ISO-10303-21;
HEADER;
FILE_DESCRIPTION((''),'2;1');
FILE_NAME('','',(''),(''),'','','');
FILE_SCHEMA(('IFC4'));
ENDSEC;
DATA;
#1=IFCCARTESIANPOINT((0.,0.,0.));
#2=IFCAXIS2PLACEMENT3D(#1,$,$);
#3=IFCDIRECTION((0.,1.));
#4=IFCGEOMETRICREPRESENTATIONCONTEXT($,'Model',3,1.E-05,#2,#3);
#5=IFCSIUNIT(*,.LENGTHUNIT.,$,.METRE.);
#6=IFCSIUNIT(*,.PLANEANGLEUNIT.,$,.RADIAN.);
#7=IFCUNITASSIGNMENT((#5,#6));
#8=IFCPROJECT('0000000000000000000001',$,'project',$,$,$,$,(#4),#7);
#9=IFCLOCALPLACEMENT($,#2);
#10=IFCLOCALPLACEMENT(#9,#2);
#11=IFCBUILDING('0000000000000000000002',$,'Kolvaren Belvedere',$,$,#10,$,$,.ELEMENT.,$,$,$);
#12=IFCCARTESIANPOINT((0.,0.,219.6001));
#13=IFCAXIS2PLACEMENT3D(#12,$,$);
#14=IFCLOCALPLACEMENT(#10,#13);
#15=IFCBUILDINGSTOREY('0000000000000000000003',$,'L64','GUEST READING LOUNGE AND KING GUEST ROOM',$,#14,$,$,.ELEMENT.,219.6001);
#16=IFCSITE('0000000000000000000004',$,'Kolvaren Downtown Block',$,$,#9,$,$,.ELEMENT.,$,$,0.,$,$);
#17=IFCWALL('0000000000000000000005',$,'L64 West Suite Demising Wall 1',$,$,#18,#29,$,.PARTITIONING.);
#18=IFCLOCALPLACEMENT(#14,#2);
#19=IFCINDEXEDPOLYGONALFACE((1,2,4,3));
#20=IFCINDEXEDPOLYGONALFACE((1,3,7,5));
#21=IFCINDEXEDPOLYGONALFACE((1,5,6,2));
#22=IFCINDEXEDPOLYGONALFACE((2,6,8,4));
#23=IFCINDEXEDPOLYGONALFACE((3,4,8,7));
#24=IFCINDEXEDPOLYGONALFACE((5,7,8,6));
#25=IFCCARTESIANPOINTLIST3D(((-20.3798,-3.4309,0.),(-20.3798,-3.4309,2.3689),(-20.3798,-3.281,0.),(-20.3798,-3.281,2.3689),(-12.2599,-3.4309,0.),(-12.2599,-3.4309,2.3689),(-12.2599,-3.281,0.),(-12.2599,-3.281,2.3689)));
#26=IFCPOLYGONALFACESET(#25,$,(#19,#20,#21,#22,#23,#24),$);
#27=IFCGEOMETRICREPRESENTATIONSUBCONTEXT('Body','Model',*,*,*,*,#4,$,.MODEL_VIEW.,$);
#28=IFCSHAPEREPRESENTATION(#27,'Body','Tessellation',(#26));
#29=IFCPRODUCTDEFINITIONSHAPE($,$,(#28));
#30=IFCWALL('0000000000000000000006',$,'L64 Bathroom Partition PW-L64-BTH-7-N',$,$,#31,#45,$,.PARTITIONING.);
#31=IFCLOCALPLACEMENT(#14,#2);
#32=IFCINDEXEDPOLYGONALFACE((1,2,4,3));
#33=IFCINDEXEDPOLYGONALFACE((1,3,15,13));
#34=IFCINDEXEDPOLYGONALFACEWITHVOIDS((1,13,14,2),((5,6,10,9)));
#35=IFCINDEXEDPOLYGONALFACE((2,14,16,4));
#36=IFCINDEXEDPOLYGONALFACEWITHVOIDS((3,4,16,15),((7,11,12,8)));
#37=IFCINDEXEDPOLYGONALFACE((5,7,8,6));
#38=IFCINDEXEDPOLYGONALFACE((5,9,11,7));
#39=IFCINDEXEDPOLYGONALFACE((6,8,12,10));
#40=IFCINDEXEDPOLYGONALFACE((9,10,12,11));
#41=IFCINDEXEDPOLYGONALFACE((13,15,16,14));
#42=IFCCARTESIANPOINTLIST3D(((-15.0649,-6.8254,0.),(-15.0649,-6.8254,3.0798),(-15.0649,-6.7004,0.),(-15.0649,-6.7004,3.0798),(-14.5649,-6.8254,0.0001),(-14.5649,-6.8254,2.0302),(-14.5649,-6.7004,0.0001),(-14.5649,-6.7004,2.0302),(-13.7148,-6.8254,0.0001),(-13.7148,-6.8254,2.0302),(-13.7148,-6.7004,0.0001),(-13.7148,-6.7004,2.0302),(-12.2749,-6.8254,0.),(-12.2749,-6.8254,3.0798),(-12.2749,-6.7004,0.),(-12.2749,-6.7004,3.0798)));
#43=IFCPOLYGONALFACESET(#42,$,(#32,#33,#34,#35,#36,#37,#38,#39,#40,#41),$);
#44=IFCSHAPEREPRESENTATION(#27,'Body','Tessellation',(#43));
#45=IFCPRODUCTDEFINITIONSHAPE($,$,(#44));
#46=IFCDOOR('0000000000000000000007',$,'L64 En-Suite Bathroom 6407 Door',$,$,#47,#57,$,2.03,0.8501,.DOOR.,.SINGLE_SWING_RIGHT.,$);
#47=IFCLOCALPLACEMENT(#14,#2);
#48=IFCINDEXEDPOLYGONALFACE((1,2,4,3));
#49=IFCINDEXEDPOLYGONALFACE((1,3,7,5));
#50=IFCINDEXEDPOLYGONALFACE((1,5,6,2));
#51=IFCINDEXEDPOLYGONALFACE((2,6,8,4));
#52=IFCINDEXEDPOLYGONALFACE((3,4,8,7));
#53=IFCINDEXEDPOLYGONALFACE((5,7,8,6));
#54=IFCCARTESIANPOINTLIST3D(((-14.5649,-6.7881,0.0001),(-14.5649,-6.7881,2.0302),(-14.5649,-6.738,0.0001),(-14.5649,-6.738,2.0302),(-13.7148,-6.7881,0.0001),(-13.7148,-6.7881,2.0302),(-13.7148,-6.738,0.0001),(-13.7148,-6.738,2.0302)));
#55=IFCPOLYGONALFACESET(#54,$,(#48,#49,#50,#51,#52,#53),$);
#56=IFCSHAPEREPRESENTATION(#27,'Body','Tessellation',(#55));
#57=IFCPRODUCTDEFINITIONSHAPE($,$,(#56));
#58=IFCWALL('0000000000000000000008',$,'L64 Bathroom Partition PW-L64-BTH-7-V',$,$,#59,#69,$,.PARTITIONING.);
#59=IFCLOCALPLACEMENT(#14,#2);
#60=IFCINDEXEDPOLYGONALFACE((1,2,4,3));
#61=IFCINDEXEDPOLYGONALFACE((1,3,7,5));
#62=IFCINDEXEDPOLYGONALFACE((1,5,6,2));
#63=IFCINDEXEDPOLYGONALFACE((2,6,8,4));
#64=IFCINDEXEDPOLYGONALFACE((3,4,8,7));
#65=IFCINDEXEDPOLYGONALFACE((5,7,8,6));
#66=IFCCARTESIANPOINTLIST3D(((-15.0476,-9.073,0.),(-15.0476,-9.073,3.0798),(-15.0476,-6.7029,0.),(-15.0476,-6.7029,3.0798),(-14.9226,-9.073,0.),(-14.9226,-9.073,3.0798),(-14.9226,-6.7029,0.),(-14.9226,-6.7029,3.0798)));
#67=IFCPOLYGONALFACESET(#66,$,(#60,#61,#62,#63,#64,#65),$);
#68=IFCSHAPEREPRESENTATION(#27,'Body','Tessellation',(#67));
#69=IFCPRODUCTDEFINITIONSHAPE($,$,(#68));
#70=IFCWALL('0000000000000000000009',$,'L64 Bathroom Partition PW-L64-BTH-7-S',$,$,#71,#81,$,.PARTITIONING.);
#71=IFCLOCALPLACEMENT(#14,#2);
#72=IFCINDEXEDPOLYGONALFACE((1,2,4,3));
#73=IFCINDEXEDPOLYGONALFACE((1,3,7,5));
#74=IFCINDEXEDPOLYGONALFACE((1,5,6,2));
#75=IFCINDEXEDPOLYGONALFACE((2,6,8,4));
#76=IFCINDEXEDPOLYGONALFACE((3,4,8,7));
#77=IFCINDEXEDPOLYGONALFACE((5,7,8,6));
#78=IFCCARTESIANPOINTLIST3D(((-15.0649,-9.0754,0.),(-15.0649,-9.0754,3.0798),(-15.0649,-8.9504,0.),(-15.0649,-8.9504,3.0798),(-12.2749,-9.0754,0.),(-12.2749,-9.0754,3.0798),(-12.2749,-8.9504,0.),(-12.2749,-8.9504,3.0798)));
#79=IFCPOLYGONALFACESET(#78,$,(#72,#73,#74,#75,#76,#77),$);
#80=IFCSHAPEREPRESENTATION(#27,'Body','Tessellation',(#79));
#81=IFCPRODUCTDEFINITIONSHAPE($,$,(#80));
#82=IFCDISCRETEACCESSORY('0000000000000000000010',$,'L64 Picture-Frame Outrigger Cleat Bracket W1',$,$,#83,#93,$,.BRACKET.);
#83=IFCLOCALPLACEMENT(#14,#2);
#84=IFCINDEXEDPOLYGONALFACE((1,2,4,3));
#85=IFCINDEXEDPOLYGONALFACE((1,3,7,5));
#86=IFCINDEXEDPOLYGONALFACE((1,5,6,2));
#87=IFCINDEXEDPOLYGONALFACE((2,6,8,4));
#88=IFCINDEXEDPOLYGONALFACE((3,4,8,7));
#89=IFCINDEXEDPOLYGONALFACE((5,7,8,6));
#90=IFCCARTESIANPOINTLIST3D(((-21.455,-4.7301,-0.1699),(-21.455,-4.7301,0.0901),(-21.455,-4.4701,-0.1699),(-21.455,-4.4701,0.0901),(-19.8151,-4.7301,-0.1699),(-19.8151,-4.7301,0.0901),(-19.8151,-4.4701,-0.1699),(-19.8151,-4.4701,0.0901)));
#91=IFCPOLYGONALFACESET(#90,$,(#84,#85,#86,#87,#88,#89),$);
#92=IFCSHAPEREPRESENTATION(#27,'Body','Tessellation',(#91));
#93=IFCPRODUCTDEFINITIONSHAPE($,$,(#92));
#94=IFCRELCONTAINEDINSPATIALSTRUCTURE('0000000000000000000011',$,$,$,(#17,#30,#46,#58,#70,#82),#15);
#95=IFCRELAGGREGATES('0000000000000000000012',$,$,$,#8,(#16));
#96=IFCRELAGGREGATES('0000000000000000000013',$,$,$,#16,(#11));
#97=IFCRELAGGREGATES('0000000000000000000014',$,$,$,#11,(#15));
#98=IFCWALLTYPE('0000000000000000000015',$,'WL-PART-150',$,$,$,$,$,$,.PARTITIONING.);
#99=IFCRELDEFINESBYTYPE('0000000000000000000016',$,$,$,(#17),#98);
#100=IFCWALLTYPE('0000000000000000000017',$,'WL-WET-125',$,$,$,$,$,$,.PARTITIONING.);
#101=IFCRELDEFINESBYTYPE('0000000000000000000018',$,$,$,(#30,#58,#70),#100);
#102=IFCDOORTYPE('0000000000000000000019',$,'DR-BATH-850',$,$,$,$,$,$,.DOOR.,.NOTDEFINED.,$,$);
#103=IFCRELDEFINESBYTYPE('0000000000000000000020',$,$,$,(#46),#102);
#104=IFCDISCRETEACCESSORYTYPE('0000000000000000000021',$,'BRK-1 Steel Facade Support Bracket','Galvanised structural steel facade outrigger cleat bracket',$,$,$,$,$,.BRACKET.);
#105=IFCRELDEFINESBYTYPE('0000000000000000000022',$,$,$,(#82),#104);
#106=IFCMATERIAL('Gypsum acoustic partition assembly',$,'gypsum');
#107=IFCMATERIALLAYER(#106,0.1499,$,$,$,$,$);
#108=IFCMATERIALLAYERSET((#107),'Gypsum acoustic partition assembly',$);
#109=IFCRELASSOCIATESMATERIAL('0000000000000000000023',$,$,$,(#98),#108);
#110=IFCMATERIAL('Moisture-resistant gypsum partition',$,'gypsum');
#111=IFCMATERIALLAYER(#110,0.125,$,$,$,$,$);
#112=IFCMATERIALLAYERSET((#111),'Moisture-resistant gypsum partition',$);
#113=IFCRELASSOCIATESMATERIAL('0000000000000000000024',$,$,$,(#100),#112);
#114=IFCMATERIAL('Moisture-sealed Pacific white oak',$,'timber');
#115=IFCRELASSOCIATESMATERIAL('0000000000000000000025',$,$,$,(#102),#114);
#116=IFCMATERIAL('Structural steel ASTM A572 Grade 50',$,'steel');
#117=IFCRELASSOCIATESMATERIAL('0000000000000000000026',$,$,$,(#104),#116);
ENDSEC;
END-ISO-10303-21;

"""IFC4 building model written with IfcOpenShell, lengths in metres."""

from ifc_helpers import new_model, si_unit, direction, frame, frame_2d, origin, origin_2d, place, context, subcontext, project, spatial, rectangle, extrude, material, layer, layer_set, type_object, element, fill, save


model = new_model("IFC4")

# Units and contexts
model_context = context("Model", 3, precision=1e-05, world=origin(), true_north=direction((0.0, 1.0)))
body_context = subcontext(model_context, "Body", "Model", "MODEL_VIEW")
ifc_project = project(units=[si_unit("LENGTHUNIT", "METRE"), si_unit("PLANEANGLEUNIT", "RADIAN")], contexts=[model_context])

# Site, building, storey
site_placement = place(None, origin())
site = spatial("IfcSite", under=ifc_project, at=site_placement, Name="Kolvaren Downtown Block", CompositionType="ELEMENT", RefElevation=0.0)
building_placement = place(site_placement, origin())
building = spatial("IfcBuilding", under=site, at=building_placement, Name="Kolvaren Belvedere", CompositionType="ELEMENT")
storey_placement = place(building_placement, frame((0.0, 0.0, 219.6001)))
storey = spatial("IfcBuildingStorey", under=building, at=storey_placement, Name="L64", Description="GUEST READING LOUNGE AND KING GUEST ROOM", CompositionType="ELEMENT", Elevation=219.6001)

# Wall
ifc_material_1 = material(Name="Gypsum acoustic partition assembly", Category="gypsum")
ifc_layer_1 = layer(ifc_material_1, 0.1499)
ifc_layer_set_1 = layer_set([ifc_layer_1], Name="Gypsum acoustic partition assembly")
wall_type_1 = type_object("IfcWallType", Name="WL-PART-150", PredefinedType="PARTITIONING", material=ifc_layer_set_1)
wall_1_placement = place(storey_placement, frame((-20.3799, -3.356, 0.0), z_axis=(0.0, 0.0, 1.0), x_axis=(1.0, 0.0, 0.0)))
element("IfcWall", 1, at=wall_1_placement, inside=storey, type_object=wall_type_1, Name="L64 West Suite Demising Wall 1", PredefinedType="PARTITIONING", context=body_context, shape_type="SweptSolid", body=[
    extrude(rectangle(XDim=8.1199, YDim=0.1499, at=frame_2d((4.0601, 0.0))), origin(), (0.0, 0.0, 1.0), 2.3689),
])

# Wall, opening, door
ifc_material_2 = material(Name="Moisture-resistant gypsum partition", Category="gypsum")
ifc_layer_2 = layer(ifc_material_2, 0.125)
ifc_layer_set_2 = layer_set([ifc_layer_2], Name="Moisture-resistant gypsum partition")
wall_type_2 = type_object("IfcWallType", Name="WL-WET-125", PredefinedType="PARTITIONING", material=ifc_layer_set_2)
wall_2_placement = place(storey_placement, frame((-15.0649, -6.7629, 0.0), z_axis=(0.0, 0.0, 1.0), x_axis=(1.0, 0.0, 0.0)))
wall_2 = element("IfcWall", 2, at=wall_2_placement, inside=storey, type_object=wall_type_2, Name="L64 Bathroom Partition PW-L64-BTH-7-N", PredefinedType="PARTITIONING", context=body_context, shape_type="SweptSolid", body=[
    extrude(rectangle(XDim=2.79, YDim=0.125, at=frame_2d((1.395, 0.0))), origin(), (0.0, 0.0, 1.0), 3.0798),
])
opening_1_placement = place(wall_2_placement, frame((0.5, 0.0, 0.0)))
opening_1 = element("IfcOpeningElement", 3, at=opening_1_placement, cuts=wall_2, PredefinedType="OPENING", context=body_context, shape_type="SweptSolid", body=[
    extrude(rectangle(XDim=0.8501, YDim=2.03, at=frame_2d((0.425, 1.0151))), frame((0.0, 0.0725, 0.0), z_axis=(0.0, -1.0, 0.0), x_axis=(1.0, 0.0, 0.0)), (0.0, 0.0, 1.0), 0.145),
])
ifc_material_3 = material(Name="Moisture-sealed Pacific white oak", Category="timber")
door_type_1 = type_object("IfcDoorType", Name="DR-BATH-850", OperationType="NOTDEFINED", PredefinedType="DOOR", material=ifc_material_3)
door_1_placement = place(opening_1_placement, origin())
door_1 = element("IfcDoor", 4, at=door_1_placement, inside=storey, type_object=door_type_1, Name="L64 En-Suite Bathroom 6407 Door", OperationType="SINGLE_SWING_RIGHT", OverallHeight=2.03, OverallWidth=0.8501, PredefinedType="DOOR", context=body_context, shape_type="SweptSolid", body=[
    extrude(rectangle(XDim=0.8501, YDim=2.03, at=frame_2d((0.425, 1.0151))), frame((0.0, 0.0249, 0.0), z_axis=(0.0, -1.0, 0.0), x_axis=(1.0, 0.0, 0.0)), (0.0, 0.0, 1.0), 0.05),
])
fill(opening_1, door_1)

# Walls
wall_3_placement = place(storey_placement, frame((-14.9851, -9.073, 0.0), z_axis=(0.0, 0.0, 1.0), x_axis=(0.0, 1.0, 0.0)))
element("IfcWall", 5, at=wall_3_placement, inside=storey, type_object=wall_type_2, Name="L64 Bathroom Partition PW-L64-BTH-7-V", PredefinedType="PARTITIONING", context=body_context, shape_type="SweptSolid", body=[
    extrude(rectangle(XDim=2.3701, YDim=0.125, at=frame_2d((1.1851, 0.0))), origin(), (0.0, 0.0, 1.0), 3.0798),
])
wall_4_placement = place(storey_placement, frame((-15.0649, -9.0129, 0.0), z_axis=(0.0, 0.0, 1.0), x_axis=(1.0, 0.0, 0.0)))
element("IfcWall", 6, at=wall_4_placement, inside=storey, type_object=wall_type_2, Name="L64 Bathroom Partition PW-L64-BTH-7-S", PredefinedType="PARTITIONING", context=body_context, shape_type="SweptSolid", body=[
    extrude(rectangle(XDim=2.79, YDim=0.125, at=frame_2d((1.395, 0.0))), origin(), (0.0, 0.0, 1.0), 3.0798),
])

# Discrete accessory
ifc_material_4 = material(Name="Structural steel ASTM A572 Grade 50", Category="steel")
discrete_accessory_type = type_object("IfcDiscreteAccessoryType", Name="BRK-1 Steel Facade Support Bracket", Description="Galvanised structural steel facade outrigger cleat bracket", PredefinedType="BRACKET", material=ifc_material_4)
discrete_accessory_placement = place(storey_placement, frame((-20.635, -4.6001, -0.1699), z_axis=(0.0, 0.0, 1.0), x_axis=(1.0, 0.0, 0.0)))
element("IfcDiscreteAccessory", 7, at=discrete_accessory_placement, inside=storey, type_object=discrete_accessory_type, Name="L64 Picture-Frame Outrigger Cleat Bracket W1", PredefinedType="BRACKET", context=body_context, shape_type="SweptSolid", body=[
    extrude(rectangle(XDim=1.6399, YDim=0.26, at=origin_2d()), origin(), (0.0, 0.0, 1.0), 0.26),
])

save(model, "model.ifc")
